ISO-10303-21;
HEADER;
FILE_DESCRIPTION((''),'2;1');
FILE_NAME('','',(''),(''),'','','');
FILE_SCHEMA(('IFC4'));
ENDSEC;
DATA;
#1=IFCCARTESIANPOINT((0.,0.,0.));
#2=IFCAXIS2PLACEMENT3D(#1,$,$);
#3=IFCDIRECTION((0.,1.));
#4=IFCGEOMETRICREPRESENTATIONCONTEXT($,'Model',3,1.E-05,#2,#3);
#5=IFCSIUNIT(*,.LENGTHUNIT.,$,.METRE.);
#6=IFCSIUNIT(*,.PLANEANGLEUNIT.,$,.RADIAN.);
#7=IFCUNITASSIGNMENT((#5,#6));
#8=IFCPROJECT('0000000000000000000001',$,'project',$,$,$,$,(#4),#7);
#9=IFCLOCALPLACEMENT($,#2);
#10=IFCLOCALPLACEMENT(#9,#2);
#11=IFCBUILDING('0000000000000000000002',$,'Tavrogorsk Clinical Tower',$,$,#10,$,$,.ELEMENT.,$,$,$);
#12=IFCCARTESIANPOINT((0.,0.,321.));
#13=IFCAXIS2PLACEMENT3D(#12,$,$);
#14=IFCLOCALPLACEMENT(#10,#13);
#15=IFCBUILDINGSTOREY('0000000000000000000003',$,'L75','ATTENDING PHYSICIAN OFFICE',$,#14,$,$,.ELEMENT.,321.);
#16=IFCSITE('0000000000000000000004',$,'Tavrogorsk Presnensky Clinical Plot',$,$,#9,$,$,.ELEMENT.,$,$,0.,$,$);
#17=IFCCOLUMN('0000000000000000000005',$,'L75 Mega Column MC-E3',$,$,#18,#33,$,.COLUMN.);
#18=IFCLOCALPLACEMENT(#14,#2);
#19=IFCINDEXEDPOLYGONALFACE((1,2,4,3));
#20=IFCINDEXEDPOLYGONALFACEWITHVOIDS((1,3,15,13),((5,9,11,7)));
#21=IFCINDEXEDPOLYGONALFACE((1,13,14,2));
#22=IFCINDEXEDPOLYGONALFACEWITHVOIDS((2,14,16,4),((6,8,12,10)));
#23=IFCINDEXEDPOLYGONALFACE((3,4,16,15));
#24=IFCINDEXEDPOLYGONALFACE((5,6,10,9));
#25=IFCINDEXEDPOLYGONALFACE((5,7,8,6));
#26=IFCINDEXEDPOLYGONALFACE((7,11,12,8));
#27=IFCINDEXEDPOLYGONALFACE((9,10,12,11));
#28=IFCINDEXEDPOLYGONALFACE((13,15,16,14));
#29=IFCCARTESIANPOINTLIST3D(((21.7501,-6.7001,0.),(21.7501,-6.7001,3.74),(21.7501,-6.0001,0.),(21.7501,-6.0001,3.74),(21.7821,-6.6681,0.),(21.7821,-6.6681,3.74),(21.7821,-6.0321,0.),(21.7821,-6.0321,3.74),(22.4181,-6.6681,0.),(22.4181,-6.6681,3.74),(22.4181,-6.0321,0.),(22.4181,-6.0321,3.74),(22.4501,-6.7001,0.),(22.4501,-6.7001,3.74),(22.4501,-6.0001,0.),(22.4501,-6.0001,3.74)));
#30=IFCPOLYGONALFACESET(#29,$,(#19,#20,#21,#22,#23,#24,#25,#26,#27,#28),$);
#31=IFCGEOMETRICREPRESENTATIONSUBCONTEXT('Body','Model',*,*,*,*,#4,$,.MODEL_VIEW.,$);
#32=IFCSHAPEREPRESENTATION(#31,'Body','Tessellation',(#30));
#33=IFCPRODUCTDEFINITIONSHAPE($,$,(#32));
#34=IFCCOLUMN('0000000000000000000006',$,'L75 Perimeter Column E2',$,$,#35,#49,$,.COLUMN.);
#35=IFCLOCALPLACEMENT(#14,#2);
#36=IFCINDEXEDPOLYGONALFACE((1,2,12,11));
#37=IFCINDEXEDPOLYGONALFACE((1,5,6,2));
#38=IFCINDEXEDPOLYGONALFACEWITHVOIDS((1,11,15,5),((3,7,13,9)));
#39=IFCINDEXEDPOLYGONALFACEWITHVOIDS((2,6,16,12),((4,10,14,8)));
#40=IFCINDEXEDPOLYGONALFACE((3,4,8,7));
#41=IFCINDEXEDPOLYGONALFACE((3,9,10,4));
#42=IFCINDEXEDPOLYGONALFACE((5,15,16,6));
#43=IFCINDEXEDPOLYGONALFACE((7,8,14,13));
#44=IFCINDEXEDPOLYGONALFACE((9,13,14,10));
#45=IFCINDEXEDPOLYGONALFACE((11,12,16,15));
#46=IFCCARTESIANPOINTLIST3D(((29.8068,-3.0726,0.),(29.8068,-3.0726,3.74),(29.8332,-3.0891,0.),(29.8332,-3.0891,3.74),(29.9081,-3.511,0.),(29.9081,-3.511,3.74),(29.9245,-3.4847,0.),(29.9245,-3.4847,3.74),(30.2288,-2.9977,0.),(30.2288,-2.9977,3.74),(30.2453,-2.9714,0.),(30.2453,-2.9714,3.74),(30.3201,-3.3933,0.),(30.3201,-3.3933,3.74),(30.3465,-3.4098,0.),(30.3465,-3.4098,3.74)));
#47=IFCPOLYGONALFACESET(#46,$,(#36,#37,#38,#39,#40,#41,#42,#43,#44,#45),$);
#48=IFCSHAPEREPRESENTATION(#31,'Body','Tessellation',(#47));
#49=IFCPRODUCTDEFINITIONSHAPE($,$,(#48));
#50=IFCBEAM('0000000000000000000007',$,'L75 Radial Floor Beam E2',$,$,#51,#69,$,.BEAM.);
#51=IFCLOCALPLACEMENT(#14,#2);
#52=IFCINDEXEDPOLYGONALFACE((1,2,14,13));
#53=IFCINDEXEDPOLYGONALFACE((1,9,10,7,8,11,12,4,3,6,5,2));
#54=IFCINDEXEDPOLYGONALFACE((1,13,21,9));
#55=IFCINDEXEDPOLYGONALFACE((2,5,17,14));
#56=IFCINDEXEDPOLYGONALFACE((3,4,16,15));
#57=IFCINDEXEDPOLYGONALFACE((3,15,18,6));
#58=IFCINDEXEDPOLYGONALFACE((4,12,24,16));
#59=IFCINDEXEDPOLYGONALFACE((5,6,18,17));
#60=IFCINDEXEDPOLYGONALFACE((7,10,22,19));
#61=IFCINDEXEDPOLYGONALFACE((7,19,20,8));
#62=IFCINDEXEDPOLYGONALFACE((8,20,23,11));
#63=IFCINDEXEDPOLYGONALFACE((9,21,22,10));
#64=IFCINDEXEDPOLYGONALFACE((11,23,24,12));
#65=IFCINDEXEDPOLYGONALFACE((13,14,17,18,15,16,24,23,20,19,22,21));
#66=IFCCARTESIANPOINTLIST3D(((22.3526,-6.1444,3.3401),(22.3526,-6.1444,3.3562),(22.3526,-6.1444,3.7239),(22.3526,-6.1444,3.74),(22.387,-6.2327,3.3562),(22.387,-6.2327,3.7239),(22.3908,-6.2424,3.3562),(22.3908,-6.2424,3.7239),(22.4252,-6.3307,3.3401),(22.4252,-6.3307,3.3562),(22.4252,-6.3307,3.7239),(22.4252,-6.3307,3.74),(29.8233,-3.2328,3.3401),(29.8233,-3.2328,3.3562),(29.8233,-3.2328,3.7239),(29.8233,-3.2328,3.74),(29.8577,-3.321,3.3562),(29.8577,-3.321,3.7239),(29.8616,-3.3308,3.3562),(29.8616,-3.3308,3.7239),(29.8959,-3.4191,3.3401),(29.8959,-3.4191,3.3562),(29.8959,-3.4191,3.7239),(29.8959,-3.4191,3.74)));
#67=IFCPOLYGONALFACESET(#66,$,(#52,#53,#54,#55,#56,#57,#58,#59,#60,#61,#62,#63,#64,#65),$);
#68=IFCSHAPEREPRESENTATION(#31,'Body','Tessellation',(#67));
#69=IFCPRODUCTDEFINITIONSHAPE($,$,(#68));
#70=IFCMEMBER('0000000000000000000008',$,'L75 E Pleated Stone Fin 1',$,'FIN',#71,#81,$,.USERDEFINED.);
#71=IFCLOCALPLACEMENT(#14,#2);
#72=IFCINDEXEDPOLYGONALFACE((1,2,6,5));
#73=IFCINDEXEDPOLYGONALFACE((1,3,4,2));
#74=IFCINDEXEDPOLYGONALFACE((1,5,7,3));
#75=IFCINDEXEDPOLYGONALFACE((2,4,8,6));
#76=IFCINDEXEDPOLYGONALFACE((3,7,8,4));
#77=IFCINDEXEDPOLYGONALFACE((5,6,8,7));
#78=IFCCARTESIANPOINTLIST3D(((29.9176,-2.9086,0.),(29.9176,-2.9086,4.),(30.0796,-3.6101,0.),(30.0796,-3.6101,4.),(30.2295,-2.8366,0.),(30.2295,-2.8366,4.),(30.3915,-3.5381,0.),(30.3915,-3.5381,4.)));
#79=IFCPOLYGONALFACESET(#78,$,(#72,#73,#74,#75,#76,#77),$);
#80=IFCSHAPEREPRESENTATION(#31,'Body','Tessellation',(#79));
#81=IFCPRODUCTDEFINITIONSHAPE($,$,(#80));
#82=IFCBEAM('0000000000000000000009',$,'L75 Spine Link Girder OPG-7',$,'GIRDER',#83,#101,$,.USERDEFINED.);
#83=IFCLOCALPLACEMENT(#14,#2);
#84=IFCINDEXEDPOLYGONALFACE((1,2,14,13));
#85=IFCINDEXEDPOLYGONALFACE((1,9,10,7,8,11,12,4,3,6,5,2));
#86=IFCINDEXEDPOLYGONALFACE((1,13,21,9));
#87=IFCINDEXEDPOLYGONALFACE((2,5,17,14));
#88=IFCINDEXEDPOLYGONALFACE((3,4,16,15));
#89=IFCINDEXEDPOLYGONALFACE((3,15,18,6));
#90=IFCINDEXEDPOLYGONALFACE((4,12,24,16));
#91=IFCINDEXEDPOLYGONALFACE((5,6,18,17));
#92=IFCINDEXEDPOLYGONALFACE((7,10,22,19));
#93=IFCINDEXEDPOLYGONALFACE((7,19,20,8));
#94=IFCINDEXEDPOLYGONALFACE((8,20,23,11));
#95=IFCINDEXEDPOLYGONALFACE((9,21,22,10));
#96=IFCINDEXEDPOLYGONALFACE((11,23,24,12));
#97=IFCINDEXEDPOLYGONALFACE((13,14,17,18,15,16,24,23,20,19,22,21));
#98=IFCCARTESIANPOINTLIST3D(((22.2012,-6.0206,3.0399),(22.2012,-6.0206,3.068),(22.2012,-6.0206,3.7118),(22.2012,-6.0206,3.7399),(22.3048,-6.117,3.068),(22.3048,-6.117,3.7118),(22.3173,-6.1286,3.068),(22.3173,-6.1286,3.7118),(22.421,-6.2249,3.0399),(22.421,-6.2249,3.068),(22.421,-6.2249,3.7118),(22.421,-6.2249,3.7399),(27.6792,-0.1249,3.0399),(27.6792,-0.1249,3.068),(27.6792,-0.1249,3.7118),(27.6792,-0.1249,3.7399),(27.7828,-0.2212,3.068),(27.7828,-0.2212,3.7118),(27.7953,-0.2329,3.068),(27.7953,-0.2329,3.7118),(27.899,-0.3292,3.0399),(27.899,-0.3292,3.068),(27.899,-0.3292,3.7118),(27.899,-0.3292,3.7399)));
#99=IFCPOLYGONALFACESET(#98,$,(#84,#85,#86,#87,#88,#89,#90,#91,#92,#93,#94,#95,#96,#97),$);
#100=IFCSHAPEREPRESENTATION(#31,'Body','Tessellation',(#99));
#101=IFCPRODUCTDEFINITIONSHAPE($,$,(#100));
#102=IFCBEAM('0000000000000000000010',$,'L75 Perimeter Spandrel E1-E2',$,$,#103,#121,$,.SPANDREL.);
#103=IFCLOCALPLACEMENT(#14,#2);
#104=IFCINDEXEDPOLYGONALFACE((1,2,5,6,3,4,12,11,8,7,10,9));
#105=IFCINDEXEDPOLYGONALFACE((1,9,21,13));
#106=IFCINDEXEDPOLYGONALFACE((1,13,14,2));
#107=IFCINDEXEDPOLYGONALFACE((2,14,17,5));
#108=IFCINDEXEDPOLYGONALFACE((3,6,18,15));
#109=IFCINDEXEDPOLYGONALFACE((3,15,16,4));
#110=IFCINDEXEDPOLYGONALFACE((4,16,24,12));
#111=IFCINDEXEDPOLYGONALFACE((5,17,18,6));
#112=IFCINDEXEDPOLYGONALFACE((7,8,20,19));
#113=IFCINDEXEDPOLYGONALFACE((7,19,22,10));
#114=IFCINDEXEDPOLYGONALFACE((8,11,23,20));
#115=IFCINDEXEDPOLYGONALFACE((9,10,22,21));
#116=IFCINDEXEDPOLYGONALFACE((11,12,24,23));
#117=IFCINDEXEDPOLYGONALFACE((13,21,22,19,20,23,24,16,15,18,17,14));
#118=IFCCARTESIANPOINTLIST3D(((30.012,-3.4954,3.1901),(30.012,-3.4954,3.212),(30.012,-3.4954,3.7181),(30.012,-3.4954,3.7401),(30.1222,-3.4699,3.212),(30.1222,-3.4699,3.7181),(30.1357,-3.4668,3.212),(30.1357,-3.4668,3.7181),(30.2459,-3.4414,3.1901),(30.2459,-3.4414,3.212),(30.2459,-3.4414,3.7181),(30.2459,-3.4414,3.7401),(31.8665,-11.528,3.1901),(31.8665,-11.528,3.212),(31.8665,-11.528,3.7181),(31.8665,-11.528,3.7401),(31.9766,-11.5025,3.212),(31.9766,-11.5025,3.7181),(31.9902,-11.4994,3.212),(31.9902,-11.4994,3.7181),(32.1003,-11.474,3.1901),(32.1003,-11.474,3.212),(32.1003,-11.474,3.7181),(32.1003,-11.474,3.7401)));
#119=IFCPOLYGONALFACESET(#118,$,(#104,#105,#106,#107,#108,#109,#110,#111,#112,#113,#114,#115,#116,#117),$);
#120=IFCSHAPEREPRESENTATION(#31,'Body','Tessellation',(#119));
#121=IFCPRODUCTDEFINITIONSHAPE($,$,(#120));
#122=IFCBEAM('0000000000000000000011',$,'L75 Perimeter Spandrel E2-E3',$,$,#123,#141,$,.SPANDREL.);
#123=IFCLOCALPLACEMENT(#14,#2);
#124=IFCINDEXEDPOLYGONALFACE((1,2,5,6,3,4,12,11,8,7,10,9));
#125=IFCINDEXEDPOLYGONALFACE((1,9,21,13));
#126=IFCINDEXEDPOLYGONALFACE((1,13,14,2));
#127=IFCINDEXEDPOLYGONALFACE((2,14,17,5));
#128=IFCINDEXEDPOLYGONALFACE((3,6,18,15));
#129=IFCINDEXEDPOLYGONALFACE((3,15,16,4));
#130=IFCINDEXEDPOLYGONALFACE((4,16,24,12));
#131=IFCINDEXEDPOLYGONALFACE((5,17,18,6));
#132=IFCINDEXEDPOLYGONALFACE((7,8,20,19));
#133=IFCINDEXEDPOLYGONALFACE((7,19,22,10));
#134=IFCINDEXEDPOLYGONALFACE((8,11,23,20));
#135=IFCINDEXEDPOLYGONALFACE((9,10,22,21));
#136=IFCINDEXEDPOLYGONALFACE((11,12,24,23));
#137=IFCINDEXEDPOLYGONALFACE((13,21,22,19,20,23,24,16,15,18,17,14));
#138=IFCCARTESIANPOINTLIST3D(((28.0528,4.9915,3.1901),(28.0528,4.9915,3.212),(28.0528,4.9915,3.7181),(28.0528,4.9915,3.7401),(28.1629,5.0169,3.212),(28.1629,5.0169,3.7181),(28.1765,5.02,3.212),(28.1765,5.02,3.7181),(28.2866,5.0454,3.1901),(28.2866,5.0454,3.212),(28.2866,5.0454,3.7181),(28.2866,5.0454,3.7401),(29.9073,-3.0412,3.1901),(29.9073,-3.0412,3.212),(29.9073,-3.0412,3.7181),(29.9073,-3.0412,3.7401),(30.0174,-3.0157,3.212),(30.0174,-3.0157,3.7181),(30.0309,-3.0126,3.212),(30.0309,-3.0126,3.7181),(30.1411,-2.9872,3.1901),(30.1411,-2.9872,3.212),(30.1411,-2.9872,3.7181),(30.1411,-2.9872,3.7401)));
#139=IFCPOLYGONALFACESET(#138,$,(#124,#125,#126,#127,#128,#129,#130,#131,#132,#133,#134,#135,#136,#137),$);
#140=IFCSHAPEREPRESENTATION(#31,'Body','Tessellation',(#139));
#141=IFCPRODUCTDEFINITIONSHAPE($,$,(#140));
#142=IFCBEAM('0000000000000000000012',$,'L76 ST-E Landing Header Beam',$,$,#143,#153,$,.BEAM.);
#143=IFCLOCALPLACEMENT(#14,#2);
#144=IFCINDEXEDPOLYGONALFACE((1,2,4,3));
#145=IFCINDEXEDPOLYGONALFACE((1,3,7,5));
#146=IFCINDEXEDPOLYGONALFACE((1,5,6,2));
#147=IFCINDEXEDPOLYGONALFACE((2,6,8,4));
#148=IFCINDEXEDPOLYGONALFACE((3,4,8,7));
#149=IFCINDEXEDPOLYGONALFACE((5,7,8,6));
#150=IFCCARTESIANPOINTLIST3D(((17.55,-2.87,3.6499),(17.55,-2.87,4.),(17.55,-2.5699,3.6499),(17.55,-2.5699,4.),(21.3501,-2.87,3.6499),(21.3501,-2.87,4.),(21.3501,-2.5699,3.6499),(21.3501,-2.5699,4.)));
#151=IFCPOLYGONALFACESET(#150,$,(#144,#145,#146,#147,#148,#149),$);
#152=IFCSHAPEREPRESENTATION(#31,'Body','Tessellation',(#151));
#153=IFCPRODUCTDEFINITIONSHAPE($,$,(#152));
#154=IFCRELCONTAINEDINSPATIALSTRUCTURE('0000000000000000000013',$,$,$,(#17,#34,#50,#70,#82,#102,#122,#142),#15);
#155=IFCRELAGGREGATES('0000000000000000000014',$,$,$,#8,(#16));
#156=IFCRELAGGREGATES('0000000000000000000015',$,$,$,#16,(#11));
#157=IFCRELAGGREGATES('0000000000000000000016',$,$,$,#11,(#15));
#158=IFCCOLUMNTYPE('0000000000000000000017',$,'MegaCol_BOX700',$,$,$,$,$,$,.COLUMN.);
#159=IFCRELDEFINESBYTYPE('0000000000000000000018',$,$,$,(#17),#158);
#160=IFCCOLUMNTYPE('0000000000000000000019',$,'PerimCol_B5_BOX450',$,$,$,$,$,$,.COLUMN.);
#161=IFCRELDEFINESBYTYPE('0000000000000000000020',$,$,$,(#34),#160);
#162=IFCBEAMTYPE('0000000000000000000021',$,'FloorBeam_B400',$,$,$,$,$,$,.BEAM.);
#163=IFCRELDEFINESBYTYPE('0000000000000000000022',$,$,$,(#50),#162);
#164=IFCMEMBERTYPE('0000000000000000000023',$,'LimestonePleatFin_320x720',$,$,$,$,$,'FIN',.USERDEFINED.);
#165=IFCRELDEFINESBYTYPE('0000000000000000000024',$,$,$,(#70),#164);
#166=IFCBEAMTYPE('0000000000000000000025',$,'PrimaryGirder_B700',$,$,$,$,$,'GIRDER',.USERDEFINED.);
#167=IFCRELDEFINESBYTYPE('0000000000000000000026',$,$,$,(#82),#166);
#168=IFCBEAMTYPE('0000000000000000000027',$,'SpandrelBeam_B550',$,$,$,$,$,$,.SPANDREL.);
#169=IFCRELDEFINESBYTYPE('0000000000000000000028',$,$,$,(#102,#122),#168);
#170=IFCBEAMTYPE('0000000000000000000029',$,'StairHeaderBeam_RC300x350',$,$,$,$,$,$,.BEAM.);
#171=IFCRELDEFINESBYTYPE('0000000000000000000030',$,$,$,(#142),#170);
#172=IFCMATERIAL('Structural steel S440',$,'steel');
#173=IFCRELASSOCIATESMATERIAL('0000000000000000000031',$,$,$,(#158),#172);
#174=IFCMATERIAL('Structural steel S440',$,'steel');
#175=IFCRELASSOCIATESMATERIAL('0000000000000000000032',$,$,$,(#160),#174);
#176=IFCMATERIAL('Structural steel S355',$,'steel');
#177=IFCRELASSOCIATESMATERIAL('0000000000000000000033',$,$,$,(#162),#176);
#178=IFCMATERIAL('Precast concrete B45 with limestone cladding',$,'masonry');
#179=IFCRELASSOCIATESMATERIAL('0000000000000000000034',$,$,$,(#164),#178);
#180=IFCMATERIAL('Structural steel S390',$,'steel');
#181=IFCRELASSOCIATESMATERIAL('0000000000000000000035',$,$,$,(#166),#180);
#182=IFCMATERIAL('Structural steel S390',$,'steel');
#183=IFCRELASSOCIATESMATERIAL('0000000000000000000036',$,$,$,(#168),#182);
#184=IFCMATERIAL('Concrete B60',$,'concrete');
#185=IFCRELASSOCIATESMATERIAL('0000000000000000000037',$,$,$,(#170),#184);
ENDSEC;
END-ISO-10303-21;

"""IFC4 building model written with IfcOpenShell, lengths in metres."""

from ifc_helpers import new_model, si_unit, direction, frame, origin, origin_2d, place, context, subcontext, project, spatial, rectangle, hollow_rectangle, i_section, extrude, material, material_profile, profile_set, type_object, element, save


model = new_model("IFC4")

# Units and contexts
model_context = context("Model", 3, precision=1e-05, world=origin(), true_north=direction((0.0, 1.0)))
body_context = subcontext(model_context, "Body", "Model", "MODEL_VIEW")
ifc_project = project(units=[si_unit("LENGTHUNIT", "METRE"), si_unit("PLANEANGLEUNIT", "RADIAN")], contexts=[model_context])

# Site, building, storey
site_placement = place(None, origin())
site = spatial("IfcSite", under=ifc_project, at=site_placement, Name="Tavrogorsk Presnensky Clinical Plot", CompositionType="ELEMENT", RefElevation=0.0)
building_placement = place(site_placement, origin())
building = spatial("IfcBuilding", under=site, at=building_placement, Name="Tavrogorsk Clinical Tower", CompositionType="ELEMENT")
storey_placement = place(building_placement, frame((0.0, 0.0, 321.0)))
storey = spatial("IfcBuildingStorey", under=building, at=storey_placement, Name="L75", Description="ATTENDING PHYSICIAN OFFICE", CompositionType="ELEMENT", Elevation=321.0)

# Columns
ifc_material_1 = material(Name="Structural steel S440", Category="steel")
ifc_material_profile_1 = material_profile(ifc_material_1, hollow_rectangle(XDim=0.7, YDim=0.7, WallThickness=0.032, at=origin_2d()), Name="BOX-700x700x32")
ifc_profile_set_1 = profile_set([ifc_material_profile_1], Name="Structural steel S440")
column_type_1 = type_object("IfcColumnType", Name="MegaCol_BOX700", PredefinedType="COLUMN", material=ifc_profile_set_1)
column_1_placement = place(storey_placement, frame((22.1001, -6.3501, 0.0), z_axis=(0.0, 0.0, 1.0), x_axis=(1.0, 0.0, 0.0)))
element("IfcColumn", 1, at=column_1_placement, inside=storey, type_object=column_type_1, Name="L75 Mega Column MC-E3", PredefinedType="COLUMN", context=body_context, shape_type="SweptSolid", body=[
    extrude(hollow_rectangle(XDim=0.7, YDim=0.7, WallThickness=0.032, at=origin_2d()), origin(), (0.0, 0.0, 1.0), 3.74),
])
ifc_material_2 = material(Name="Structural steel S440", Category="steel")
ifc_material_profile_2 = material_profile(ifc_material_2, hollow_rectangle(XDim=0.45, YDim=0.45, WallThickness=0.022, at=origin_2d()), Name="BOX-450x450x22")
ifc_profile_set_2 = profile_set([ifc_material_profile_2], Name="Structural steel S440")
column_type_2 = type_object("IfcColumnType", Name="PerimCol_B5_BOX450", PredefinedType="COLUMN", material=ifc_profile_set_2)
column_2_placement = place(storey_placement, frame((30.0767, -3.2412, 0.0), z_axis=(0.0, 0.0, 1.0), x_axis=(0.97437, 0.224951, 0.0)))
element("IfcColumn", 2, at=column_2_placement, inside=storey, type_object=column_type_2, Name="L75 Perimeter Column E2", PredefinedType="COLUMN", context=body_context, shape_type="SweptSolid", body=[
    extrude(hollow_rectangle(XDim=0.45, YDim=0.45, WallThickness=0.022, at=origin_2d()), origin(), (0.0, 0.0, 1.0), 3.74),
])

# Beam
ifc_material_3 = material(Name="Structural steel S355", Category="steel")
ifc_material_profile_3 = material_profile(ifc_material_3, i_section(OverallWidth=0.2, OverallDepth=0.3999, WebThickness=0.0105, FlangeThickness=0.0161, at=origin_2d()), Name="B-400x200x10.5x16")
ifc_profile_set_3 = profile_set([ifc_material_profile_3], Name="Structural steel S355")
beam_type_1 = type_object("IfcBeamType", Name="FloorBeam_B400", PredefinedType="BEAM", material=ifc_profile_set_3)
beam_1_placement = place(storey_placement, frame((22.3889, -6.2375, 3.54), z_axis=(0.931737, 0.363134, 0.0), x_axis=(-0.363134, 0.931737, 0.0)))
element("IfcBeam", 3, at=beam_1_placement, inside=storey, type_object=beam_type_1, Name="L75 Radial Floor Beam E2", PredefinedType="BEAM", context=body_context, shape_type="SweptSolid", body=[
    extrude(i_section(OverallWidth=0.2, OverallDepth=0.3999, WebThickness=0.0105, FlangeThickness=0.0161, at=origin_2d()), origin(), (0.0, 0.0, 1.0), 8.0181),
])

# Member
ifc_material_4 = material(Name="Precast concrete B45 with limestone cladding", Category="masonry")
ifc_material_profile_4 = material_profile(ifc_material_4, rectangle(XDim=0.3201, YDim=0.72, at=origin_2d()), Name="LIMESTONE-FIN-320x720")
ifc_profile_set_4 = profile_set([ifc_material_profile_4], Name="Precast concrete B45 with limestone cladding")
member_type = type_object("IfcMemberType", Name="LimestonePleatFin_320x720", ElementType="FIN", PredefinedType="USERDEFINED", material=ifc_profile_set_4)
member_placement = place(storey_placement, frame((30.1545, -3.2234, 0.0), z_axis=(0.0, 0.0, 1.0), x_axis=(0.97437, 0.224951, 0.0)))
element("IfcMember", 4, at=member_placement, inside=storey, type_object=member_type, Name="L75 E Pleated Stone Fin 1", ObjectType="FIN", PredefinedType="USERDEFINED", context=body_context, shape_type="SweptSolid", body=[
    extrude(rectangle(XDim=0.3201, YDim=0.72, at=origin_2d()), origin(), (0.0, 0.0, 1.0), 4.0),
])

# Beams
ifc_material_5 = material(Name="Structural steel S390", Category="steel")
ifc_material_profile_5 = material_profile(ifc_material_5, i_section(OverallWidth=0.3, OverallDepth=0.7, WebThickness=0.0171, FlangeThickness=0.0281, at=origin_2d()), Name="B-700x300x17x28")
ifc_profile_set_5 = profile_set([ifc_material_profile_5], Name="Structural steel S390")
beam_type_2 = type_object("IfcBeamType", Name="PrimaryGirder_B700", ElementType="GIRDER", PredefinedType="USERDEFINED", material=ifc_profile_set_5)
beam_2_placement = place(storey_placement, frame((27.7891, -0.2271, 3.3899), z_axis=(-0.680678, -0.732583, 0.0), x_axis=(0.732583, -0.680678, 0.0)))
element("IfcBeam", 5, at=beam_2_placement, inside=storey, type_object=beam_type_2, Name="L75 Spine Link Girder OPG-7", ObjectType="GIRDER", PredefinedType="USERDEFINED", context=body_context, shape_type="SweptSolid", body=[
    extrude(i_section(OverallWidth=0.3, OverallDepth=0.7, WebThickness=0.0171, FlangeThickness=0.0281, at=origin_2d()), origin(), (0.0, 0.0, 1.0), 8.0479),
])
ifc_material_6 = material(Name="Structural steel S390", Category="steel")
ifc_material_profile_6 = material_profile(ifc_material_6, i_section(OverallWidth=0.24, OverallDepth=0.55, WebThickness=0.0139, FlangeThickness=0.022, at=origin_2d()), Name="B-550x240x14x22")
ifc_profile_set_6 = profile_set([ifc_material_profile_6], Name="Structural steel S390")
beam_type_3 = type_object("IfcBeamType", Name="SpandrelBeam_B550", PredefinedType="SPANDREL", material=ifc_profile_set_6)
for number, where, z_axis, x_axis, name in (
    (6, (31.9834, -11.501, 3.4651), (-0.22495, 0.97437, 0.0), (-0.97437, -0.22495, 0.0), "L75 Perimeter Spandrel E1-E2"),
    (7, (30.0242, -3.0142, 3.4651), (-0.22495, 0.97437, 0.0), (-0.97437, -0.22495, 0.0), "L75 Perimeter Spandrel E2-E3"),
):
    element("IfcBeam", number, at=place(storey_placement, frame(where, z_axis=z_axis, x_axis=x_axis)), inside=storey, type_object=beam_type_3, Name=name, PredefinedType="SPANDREL", context=body_context, shape_type="SweptSolid", body=[
        extrude(i_section(OverallWidth=0.24, OverallDepth=0.55, WebThickness=0.0139, FlangeThickness=0.022, at=origin_2d()), origin(), (0.0, 0.0, 1.0), 8.2439),
    ])
ifc_material_7 = material(Name="Concrete B60", Category="concrete")
ifc_material_profile_7 = material_profile(ifc_material_7, rectangle(XDim=0.3, YDim=0.3501, at=origin_2d()), Name="RC-SHB-300x350")
ifc_profile_set_7 = profile_set([ifc_material_profile_7], Name="Concrete B60")
beam_type_4 = type_object("IfcBeamType", Name="StairHeaderBeam_RC300x350", PredefinedType="BEAM", material=ifc_profile_set_7)
beam_3_placement = place(storey_placement, frame((17.55, -2.72, 3.825), z_axis=(1.0, 0.0, 0.0), x_axis=(0.0, 1.0, 0.0)))
element("IfcBeam", 8, at=beam_3_placement, inside=storey, type_object=beam_type_4, Name="L76 ST-E Landing Header Beam", PredefinedType="BEAM", context=body_context, shape_type="SweptSolid", body=[
    extrude(rectangle(XDim=0.3, YDim=0.3501, at=origin_2d()), origin(), (0.0, 0.0, 1.0), 3.8),
])

save(model, "model.ifc")
